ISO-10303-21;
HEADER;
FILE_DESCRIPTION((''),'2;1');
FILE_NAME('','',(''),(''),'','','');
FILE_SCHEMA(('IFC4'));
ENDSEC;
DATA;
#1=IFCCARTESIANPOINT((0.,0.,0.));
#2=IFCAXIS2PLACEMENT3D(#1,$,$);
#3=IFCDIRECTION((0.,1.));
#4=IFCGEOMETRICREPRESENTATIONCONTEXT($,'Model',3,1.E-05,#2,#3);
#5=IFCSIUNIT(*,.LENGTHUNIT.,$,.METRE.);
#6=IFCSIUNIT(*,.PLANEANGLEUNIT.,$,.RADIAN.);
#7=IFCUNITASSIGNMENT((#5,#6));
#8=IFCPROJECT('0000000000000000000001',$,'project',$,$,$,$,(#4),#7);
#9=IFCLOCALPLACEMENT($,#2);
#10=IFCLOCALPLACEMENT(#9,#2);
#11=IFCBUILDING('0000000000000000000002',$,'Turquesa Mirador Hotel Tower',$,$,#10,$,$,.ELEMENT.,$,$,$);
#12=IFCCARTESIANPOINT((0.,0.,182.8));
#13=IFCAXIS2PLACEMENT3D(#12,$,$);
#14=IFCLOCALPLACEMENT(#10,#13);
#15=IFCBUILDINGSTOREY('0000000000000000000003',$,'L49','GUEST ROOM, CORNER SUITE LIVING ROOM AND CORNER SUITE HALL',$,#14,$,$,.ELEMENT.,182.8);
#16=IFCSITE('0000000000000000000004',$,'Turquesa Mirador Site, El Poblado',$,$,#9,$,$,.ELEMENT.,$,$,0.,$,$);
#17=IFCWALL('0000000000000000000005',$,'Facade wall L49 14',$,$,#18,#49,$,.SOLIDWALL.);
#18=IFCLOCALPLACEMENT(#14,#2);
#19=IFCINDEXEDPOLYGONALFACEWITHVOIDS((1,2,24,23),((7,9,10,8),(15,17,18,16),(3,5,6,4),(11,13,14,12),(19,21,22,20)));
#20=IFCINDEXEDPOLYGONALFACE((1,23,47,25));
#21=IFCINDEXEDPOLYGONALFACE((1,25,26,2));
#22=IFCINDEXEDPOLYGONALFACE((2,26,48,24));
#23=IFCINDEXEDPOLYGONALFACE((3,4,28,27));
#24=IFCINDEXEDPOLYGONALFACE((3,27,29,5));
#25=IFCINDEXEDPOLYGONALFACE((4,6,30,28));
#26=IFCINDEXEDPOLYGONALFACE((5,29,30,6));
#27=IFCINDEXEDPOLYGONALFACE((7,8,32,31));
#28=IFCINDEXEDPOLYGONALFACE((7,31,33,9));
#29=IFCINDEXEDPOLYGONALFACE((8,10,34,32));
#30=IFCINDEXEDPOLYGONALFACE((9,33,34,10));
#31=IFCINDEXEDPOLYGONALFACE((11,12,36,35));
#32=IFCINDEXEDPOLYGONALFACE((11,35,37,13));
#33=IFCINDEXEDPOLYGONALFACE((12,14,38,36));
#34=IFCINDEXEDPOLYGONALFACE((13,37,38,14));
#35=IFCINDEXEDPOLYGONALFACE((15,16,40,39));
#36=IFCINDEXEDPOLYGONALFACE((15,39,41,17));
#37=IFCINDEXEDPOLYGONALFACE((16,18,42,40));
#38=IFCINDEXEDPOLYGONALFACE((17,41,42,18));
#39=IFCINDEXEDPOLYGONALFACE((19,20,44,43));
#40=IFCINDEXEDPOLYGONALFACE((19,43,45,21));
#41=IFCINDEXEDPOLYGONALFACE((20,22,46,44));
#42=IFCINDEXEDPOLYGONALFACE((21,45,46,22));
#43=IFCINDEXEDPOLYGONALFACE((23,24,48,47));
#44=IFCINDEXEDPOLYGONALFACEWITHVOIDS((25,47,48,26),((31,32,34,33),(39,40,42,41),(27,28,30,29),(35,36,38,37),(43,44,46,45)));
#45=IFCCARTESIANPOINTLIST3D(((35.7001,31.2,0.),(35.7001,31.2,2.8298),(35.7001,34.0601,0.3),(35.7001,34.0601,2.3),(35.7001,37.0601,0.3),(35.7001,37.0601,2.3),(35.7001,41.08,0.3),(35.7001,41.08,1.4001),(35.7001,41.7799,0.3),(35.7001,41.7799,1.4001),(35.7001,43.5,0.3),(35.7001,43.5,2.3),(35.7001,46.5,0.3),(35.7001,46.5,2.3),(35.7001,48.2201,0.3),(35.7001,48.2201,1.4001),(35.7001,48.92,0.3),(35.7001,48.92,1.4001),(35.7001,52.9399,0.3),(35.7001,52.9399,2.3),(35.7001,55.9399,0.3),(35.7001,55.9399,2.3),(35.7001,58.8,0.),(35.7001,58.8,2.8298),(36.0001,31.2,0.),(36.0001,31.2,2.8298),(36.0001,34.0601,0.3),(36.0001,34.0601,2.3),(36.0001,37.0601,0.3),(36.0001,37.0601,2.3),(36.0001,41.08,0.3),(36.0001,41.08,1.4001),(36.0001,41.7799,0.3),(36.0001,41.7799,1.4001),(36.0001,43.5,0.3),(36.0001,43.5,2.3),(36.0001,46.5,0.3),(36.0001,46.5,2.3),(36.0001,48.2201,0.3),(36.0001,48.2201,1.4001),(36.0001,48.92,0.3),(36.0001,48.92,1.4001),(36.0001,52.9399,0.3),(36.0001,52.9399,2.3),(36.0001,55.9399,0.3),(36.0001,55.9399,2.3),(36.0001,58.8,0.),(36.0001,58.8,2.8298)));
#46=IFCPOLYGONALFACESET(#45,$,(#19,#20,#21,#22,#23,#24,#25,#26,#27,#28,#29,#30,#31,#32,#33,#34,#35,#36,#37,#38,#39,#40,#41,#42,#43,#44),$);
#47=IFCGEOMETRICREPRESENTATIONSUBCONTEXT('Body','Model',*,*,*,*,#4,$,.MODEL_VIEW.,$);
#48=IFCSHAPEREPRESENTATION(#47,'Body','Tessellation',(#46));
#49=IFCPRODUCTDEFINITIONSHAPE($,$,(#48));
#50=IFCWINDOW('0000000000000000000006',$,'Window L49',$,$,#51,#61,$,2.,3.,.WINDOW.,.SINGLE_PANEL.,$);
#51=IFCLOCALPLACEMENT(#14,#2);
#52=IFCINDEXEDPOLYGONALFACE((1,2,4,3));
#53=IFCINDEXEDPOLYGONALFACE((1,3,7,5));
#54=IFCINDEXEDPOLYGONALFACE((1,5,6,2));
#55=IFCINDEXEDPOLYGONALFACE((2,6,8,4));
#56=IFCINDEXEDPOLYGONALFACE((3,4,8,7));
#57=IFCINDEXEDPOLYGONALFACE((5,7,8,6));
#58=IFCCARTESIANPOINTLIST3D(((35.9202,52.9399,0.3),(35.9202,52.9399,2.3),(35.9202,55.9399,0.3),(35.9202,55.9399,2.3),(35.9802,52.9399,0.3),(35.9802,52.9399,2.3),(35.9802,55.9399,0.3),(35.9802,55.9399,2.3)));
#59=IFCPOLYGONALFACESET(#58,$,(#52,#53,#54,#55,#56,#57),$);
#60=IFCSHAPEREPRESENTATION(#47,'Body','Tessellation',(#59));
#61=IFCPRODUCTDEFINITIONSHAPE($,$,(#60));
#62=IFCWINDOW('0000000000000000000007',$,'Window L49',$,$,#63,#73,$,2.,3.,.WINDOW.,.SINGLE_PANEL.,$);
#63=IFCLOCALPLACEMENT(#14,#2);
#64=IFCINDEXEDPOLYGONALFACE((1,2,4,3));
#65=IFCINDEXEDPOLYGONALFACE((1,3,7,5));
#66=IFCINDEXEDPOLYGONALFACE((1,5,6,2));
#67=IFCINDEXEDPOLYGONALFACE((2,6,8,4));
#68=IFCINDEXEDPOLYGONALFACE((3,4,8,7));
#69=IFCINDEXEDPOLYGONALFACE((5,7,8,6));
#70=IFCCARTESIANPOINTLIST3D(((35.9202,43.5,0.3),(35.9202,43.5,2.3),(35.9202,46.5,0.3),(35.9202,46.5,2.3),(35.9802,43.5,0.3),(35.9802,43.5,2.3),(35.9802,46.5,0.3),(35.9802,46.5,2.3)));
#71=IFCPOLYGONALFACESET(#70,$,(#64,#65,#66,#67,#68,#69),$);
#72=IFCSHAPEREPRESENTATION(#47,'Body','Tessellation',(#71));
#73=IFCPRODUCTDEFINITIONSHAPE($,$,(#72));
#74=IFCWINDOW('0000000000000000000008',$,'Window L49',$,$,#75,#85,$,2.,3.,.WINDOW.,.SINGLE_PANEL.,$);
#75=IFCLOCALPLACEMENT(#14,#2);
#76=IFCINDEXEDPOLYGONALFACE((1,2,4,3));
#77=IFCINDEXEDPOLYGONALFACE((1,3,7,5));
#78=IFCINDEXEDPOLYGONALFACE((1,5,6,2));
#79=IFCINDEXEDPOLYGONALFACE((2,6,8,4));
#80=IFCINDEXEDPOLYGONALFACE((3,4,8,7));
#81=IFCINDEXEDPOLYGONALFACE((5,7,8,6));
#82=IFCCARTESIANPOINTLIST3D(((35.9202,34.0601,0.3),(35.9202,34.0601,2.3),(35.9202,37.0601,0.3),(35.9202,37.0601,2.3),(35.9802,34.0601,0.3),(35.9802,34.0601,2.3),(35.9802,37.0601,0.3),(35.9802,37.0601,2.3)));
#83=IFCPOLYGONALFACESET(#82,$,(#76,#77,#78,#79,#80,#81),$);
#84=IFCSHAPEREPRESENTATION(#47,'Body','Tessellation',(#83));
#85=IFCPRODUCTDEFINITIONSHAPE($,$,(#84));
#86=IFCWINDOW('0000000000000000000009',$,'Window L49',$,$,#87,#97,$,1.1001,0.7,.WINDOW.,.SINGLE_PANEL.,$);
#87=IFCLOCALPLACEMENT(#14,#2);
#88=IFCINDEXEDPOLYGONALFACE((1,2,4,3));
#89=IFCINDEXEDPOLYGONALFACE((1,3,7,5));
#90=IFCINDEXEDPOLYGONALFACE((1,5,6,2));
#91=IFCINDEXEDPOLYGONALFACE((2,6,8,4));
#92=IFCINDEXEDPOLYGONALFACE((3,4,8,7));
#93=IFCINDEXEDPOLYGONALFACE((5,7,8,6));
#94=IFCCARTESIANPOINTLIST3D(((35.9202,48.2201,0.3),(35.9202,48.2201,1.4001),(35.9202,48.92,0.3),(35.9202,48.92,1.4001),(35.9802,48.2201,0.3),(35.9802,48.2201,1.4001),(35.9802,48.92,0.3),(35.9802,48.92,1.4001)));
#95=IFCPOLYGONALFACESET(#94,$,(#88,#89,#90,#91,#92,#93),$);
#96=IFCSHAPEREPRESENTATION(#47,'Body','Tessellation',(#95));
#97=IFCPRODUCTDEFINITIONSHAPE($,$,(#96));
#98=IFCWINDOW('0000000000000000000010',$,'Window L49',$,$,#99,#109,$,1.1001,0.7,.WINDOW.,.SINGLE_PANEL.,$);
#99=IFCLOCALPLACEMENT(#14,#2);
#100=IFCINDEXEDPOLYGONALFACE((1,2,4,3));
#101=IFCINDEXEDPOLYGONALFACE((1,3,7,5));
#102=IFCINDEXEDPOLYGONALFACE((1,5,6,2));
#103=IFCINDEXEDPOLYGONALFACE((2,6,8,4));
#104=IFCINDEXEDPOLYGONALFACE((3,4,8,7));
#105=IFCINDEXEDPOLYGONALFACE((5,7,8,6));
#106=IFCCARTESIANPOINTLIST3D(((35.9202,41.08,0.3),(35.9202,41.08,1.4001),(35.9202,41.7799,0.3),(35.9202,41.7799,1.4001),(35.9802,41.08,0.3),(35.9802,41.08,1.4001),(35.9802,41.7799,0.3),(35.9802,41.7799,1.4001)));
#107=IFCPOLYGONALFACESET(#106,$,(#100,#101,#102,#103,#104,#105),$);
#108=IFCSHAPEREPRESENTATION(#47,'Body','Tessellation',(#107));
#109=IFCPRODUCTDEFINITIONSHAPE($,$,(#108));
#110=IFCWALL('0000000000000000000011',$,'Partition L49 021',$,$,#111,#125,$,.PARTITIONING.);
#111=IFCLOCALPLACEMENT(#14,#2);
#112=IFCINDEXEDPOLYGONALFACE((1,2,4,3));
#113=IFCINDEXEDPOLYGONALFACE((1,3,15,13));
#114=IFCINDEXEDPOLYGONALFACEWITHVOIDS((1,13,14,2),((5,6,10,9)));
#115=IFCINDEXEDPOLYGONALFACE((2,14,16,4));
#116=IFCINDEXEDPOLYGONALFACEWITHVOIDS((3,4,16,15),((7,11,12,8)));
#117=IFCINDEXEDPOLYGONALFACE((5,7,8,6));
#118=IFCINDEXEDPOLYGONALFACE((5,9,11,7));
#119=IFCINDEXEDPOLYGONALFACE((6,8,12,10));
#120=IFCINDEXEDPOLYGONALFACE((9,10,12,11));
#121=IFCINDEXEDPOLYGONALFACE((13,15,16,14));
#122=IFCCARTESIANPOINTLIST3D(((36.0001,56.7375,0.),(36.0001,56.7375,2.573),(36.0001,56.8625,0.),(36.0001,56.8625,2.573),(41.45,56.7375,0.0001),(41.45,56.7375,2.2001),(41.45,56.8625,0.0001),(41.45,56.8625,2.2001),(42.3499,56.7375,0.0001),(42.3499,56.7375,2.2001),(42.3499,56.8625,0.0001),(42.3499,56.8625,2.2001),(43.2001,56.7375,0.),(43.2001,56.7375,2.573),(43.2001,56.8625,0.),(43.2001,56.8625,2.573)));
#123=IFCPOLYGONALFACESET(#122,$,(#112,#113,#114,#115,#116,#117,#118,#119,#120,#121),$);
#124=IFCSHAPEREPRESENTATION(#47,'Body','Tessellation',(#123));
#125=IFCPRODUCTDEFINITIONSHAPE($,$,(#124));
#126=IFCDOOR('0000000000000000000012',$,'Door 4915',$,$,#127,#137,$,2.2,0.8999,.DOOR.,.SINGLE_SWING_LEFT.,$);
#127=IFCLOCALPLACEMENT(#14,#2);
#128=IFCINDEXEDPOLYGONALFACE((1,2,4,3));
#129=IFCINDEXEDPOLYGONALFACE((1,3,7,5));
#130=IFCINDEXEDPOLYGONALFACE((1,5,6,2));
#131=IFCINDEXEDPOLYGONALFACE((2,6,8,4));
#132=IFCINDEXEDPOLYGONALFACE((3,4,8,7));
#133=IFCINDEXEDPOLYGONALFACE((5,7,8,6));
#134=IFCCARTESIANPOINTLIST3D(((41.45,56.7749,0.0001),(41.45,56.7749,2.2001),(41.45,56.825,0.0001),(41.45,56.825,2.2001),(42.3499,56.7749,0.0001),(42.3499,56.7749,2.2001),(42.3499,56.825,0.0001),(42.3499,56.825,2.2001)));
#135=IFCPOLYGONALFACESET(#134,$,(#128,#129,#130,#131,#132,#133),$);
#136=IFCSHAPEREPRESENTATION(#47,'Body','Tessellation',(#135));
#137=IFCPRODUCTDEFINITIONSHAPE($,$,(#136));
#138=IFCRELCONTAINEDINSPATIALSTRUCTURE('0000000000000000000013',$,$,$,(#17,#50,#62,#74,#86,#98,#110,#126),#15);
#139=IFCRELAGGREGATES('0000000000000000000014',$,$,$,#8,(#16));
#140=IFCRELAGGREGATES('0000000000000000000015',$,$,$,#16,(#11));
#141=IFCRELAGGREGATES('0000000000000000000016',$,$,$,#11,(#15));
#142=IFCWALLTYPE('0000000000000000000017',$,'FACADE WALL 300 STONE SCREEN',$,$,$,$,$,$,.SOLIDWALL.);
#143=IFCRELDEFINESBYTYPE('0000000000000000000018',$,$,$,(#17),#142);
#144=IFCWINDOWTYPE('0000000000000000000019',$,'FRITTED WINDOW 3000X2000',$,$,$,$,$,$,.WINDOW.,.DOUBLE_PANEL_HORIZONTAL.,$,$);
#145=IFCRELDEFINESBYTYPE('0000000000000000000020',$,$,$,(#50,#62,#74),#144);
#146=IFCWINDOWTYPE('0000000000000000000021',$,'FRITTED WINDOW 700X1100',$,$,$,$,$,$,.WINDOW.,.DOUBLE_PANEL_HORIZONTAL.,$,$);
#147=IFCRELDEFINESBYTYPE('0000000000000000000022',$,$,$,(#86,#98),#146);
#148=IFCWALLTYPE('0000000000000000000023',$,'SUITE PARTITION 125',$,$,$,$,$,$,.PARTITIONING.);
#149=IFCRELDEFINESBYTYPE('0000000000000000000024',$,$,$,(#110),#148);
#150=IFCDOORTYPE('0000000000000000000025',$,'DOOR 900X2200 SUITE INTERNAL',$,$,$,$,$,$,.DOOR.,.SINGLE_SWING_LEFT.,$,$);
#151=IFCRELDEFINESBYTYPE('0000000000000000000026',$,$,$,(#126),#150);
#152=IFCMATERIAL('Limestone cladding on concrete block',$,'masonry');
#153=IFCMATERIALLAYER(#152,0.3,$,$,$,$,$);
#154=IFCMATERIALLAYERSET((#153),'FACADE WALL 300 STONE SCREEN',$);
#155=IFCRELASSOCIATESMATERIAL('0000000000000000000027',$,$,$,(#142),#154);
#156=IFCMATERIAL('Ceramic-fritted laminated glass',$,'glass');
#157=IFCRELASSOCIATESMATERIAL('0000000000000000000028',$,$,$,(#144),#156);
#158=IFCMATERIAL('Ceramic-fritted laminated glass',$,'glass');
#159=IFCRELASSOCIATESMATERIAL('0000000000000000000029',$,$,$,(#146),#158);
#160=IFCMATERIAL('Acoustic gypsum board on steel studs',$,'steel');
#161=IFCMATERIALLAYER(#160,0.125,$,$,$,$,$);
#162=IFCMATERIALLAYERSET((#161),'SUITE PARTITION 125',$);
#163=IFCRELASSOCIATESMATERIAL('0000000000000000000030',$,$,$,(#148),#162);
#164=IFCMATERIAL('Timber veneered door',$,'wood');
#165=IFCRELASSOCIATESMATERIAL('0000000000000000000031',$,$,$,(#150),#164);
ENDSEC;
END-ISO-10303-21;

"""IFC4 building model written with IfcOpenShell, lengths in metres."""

from ifc_helpers import new_model, si_unit, direction, frame, frame_2d, origin, place, context, subcontext, project, spatial, rectangle, extrude, material, layer, layer_set, type_object, element, fill, save


model = new_model("IFC4")

# Units and contexts
model_context = context("Model", 3, precision=1e-05, world=origin(), true_north=direction((0.0, 1.0)))
body_context = subcontext(model_context, "Body", "Model", "MODEL_VIEW")
ifc_project = project(units=[si_unit("LENGTHUNIT", "METRE"), si_unit("PLANEANGLEUNIT", "RADIAN")], contexts=[model_context])

# Site, building, storey
site_placement = place(None, origin())
site = spatial("IfcSite", under=ifc_project, at=site_placement, Name="Turquesa Mirador Site, El Poblado", CompositionType="ELEMENT", RefElevation=0.0)
building_placement = place(site_placement, origin())
building = spatial("IfcBuilding", under=site, at=building_placement, Name="Turquesa Mirador Hotel Tower", CompositionType="ELEMENT")
storey_placement = place(building_placement, frame((0.0, 0.0, 182.8)))
storey = spatial("IfcBuildingStorey", under=building, at=storey_placement, Name="L49", Description="GUEST ROOM, CORNER SUITE LIVING ROOM AND CORNER SUITE HALL", CompositionType="ELEMENT", Elevation=182.8)

# Shared definitions
ifc_material_1 = material(Name="Limestone cladding on concrete block", Category="masonry")
ifc_layer_1 = layer(ifc_material_1, 0.3)
ifc_layer_set_1 = layer_set([ifc_layer_1], Name="FACADE WALL 300 STONE SCREEN")
wall_type_1 = type_object("IfcWallType", Name="FACADE WALL 300 STONE SCREEN", PredefinedType="SOLIDWALL", material=ifc_layer_set_1)

# Wall, openings, windows
wall_1_placement = place(storey_placement, frame((35.8501, 58.8, 0.0), z_axis=(0.0, 0.0, 1.0), x_axis=(0.0, -1.0, 0.0)))
wall_1 = element("IfcWall", 1, at=wall_1_placement, inside=storey, type_object=wall_type_1, Name="Facade wall L49 14", PredefinedType="SOLIDWALL", context=body_context, shape_type="SweptSolid", body=[
    extrude(rectangle(XDim=27.6001, YDim=0.3, at=frame_2d((13.8, 0.0))), origin(), (0.0, 0.0, 1.0), 2.8298),
])
opening_1_placement = place(wall_1_placement, frame((2.8601, 0.0, 0.3)))
opening_1 = element("IfcOpeningElement", 2, at=opening_1_placement, cuts=wall_1, PredefinedType="OPENING", context=body_context, shape_type="SweptSolid", body=[
    extrude(rectangle(XDim=3.0, YDim=2.0, at=frame_2d((1.5, 1.0))), frame((0.0, 0.1599, 0.0), z_axis=(0.0, -1.0, 0.0), x_axis=(1.0, 0.0, 0.0)), (0.0, 0.0, 1.0), 0.3201),
])
opening_2_placement = place(wall_1_placement, frame((9.8799, 0.0, 0.3)))
opening_2 = element("IfcOpeningElement", 3, at=opening_2_placement, cuts=wall_1, PredefinedType="OPENING", context=body_context, shape_type="SweptSolid", body=[
    extrude(rectangle(XDim=0.7, YDim=1.1001, at=frame_2d((0.3501, 0.55))), frame((0.0, 0.1599, 0.0), z_axis=(0.0, -1.0, 0.0), x_axis=(1.0, 0.0, 0.0)), (0.0, 0.0, 1.0), 0.3201),
])
opening_3_placement = place(wall_1_placement, frame((12.3, 0.0, 0.3)))
opening_3 = element("IfcOpeningElement", 4, at=opening_3_placement, cuts=wall_1, PredefinedType="OPENING", context=body_context, shape_type="SweptSolid", body=[
    extrude(rectangle(XDim=3.0, YDim=2.0, at=frame_2d((1.5, 1.0))), frame((0.0, 0.1599, 0.0), z_axis=(0.0, -1.0, 0.0), x_axis=(1.0, 0.0, 0.0)), (0.0, 0.0, 1.0), 0.3201),
])
opening_4_placement = place(wall_1_placement, frame((17.02, 0.0, 0.3)))
opening_4 = element("IfcOpeningElement", 5, at=opening_4_placement, cuts=wall_1, PredefinedType="OPENING", context=body_context, shape_type="SweptSolid", body=[
    extrude(rectangle(XDim=0.7, YDim=1.1001, at=frame_2d((0.3501, 0.55))), frame((0.0, 0.1599, 0.0), z_axis=(0.0, -1.0, 0.0), x_axis=(1.0, 0.0, 0.0)), (0.0, 0.0, 1.0), 0.3201),
])
opening_5_placement = place(wall_1_placement, frame((21.74, 0.0, 0.3)))
opening_5 = element("IfcOpeningElement", 6, at=opening_5_placement, cuts=wall_1, PredefinedType="OPENING", context=body_context, shape_type="SweptSolid", body=[
    extrude(rectangle(XDim=3.0, YDim=2.0, at=frame_2d((1.5, 1.0))), frame((0.0, 0.1599, 0.0), z_axis=(0.0, -1.0, 0.0), x_axis=(1.0, 0.0, 0.0)), (0.0, 0.0, 1.0), 0.3201),
])
ifc_material_2 = material(Name="Ceramic-fritted laminated glass", Category="glass")
window_type_1 = type_object("IfcWindowType", Name="FRITTED WINDOW 3000X2000", PartitioningType="DOUBLE_PANEL_HORIZONTAL", PredefinedType="WINDOW", material=ifc_material_2)
window_1_placement = place(opening_1_placement, origin())
window_1 = element("IfcWindow", 7, at=window_1_placement, inside=storey, type_object=window_type_1, Name="Window L49", OverallHeight=2.0, OverallWidth=3.0, PartitioningType="SINGLE_PANEL", PredefinedType="WINDOW", context=body_context, shape_type="SweptSolid", body=[
    extrude(rectangle(XDim=3.0, YDim=2.0, at=frame_2d((1.5, 1.0))), frame((0.0, 0.1301, 0.0), z_axis=(0.0, -1.0, 0.0), x_axis=(1.0, 0.0, 0.0)), (0.0, 0.0, 1.0), 0.0601),
])
fill(opening_1, window_1)
window_2_placement = place(opening_3_placement, origin())
window_2 = element("IfcWindow", 8, at=window_2_placement, inside=storey, type_object=window_type_1, Name="Window L49", OverallHeight=2.0, OverallWidth=3.0, PartitioningType="SINGLE_PANEL", PredefinedType="WINDOW", context=body_context, shape_type="SweptSolid", body=[
    extrude(rectangle(XDim=3.0, YDim=2.0, at=frame_2d((1.5, 1.0))), frame((0.0, 0.1301, 0.0), z_axis=(0.0, -1.0, 0.0), x_axis=(1.0, 0.0, 0.0)), (0.0, 0.0, 1.0), 0.0601),
])
fill(opening_3, window_2)
window_3_placement = place(opening_5_placement, origin())
window_3 = element("IfcWindow", 9, at=window_3_placement, inside=storey, type_object=window_type_1, Name="Window L49", OverallHeight=2.0, OverallWidth=3.0, PartitioningType="SINGLE_PANEL", PredefinedType="WINDOW", context=body_context, shape_type="SweptSolid", body=[
    extrude(rectangle(XDim=3.0, YDim=2.0, at=frame_2d((1.5, 1.0))), frame((0.0, 0.1301, 0.0), z_axis=(0.0, -1.0, 0.0), x_axis=(1.0, 0.0, 0.0)), (0.0, 0.0, 1.0), 0.0601),
])
fill(opening_5, window_3)
ifc_material_3 = material(Name="Ceramic-fritted laminated glass", Category="glass")
window_type_2 = type_object("IfcWindowType", Name="FRITTED WINDOW 700X1100", PartitioningType="DOUBLE_PANEL_HORIZONTAL", PredefinedType="WINDOW", material=ifc_material_3)
window_4_placement = place(opening_2_placement, origin())
window_4 = element("IfcWindow", 10, at=window_4_placement, inside=storey, type_object=window_type_2, Name="Window L49", OverallHeight=1.1001, OverallWidth=0.7, PartitioningType="SINGLE_PANEL", PredefinedType="WINDOW", context=body_context, shape_type="SweptSolid", body=[
    extrude(rectangle(XDim=0.7, YDim=1.1001, at=frame_2d((0.3501, 0.55))), frame((0.0, 0.1301, 0.0), z_axis=(0.0, -1.0, 0.0), x_axis=(1.0, 0.0, 0.0)), (0.0, 0.0, 1.0), 0.0601),
])
fill(opening_2, window_4)
window_5_placement = place(opening_4_placement, origin())
window_5 = element("IfcWindow", 11, at=window_5_placement, inside=storey, type_object=window_type_2, Name="Window L49", OverallHeight=1.1001, OverallWidth=0.7, PartitioningType="SINGLE_PANEL", PredefinedType="WINDOW", context=body_context, shape_type="SweptSolid", body=[
    extrude(rectangle(XDim=0.7, YDim=1.1001, at=frame_2d((0.3501, 0.55))), frame((0.0, 0.1301, 0.0), z_axis=(0.0, -1.0, 0.0), x_axis=(1.0, 0.0, 0.0)), (0.0, 0.0, 1.0), 0.0601),
])
fill(opening_4, window_5)

# Wall, opening, door
ifc_material_4 = material(Name="Acoustic gypsum board on steel studs", Category="steel")
ifc_layer_2 = layer(ifc_material_4, 0.125)
ifc_layer_set_2 = layer_set([ifc_layer_2], Name="SUITE PARTITION 125")
wall_type_2 = type_object("IfcWallType", Name="SUITE PARTITION 125", PredefinedType="PARTITIONING", material=ifc_layer_set_2)
wall_2_placement = place(storey_placement, frame((36.0, 56.8, 0.0), z_axis=(0.0, 0.0, 1.0), x_axis=(1.0, 0.0, 0.0)))
wall_2 = element("IfcWall", 12, at=wall_2_placement, inside=storey, type_object=wall_type_2, Name="Partition L49 021", PredefinedType="PARTITIONING", context=body_context, shape_type="SweptSolid", body=[
    extrude(rectangle(XDim=7.2, YDim=0.125, at=frame_2d((3.6001, 0.0))), origin(), (0.0, 0.0, 1.0), 2.573),
])
opening_6_placement = place(wall_2_placement, frame((5.45, 0.0, 0.0)))
opening_6 = element("IfcOpeningElement", 13, at=opening_6_placement, cuts=wall_2, PredefinedType="OPENING", context=body_context, shape_type="SweptSolid", body=[
    extrude(rectangle(XDim=0.8999, YDim=2.2, at=frame_2d((0.45, 1.1001))), frame((0.0, 0.0725, 0.0), z_axis=(0.0, -1.0, 0.0), x_axis=(1.0, 0.0, 0.0)), (0.0, 0.0, 1.0), 0.145),
])
ifc_material_5 = material(Name="Timber veneered door", Category="wood")
door_type = type_object("IfcDoorType", Name="DOOR 900X2200 SUITE INTERNAL", OperationType="SINGLE_SWING_LEFT", PredefinedType="DOOR", material=ifc_material_5)
door_placement = place(opening_6_placement, origin())
door = element("IfcDoor", 14, at=door_placement, inside=storey, type_object=door_type, Name="Door 4915", OperationType="SINGLE_SWING_LEFT", OverallHeight=2.2, OverallWidth=0.8999, PredefinedType="DOOR", context=body_context, shape_type="SweptSolid", body=[
    extrude(rectangle(XDim=0.8999, YDim=2.2, at=frame_2d((0.45, 1.1001))), frame((0.0, 0.0249, 0.0), z_axis=(0.0, -1.0, 0.0), x_axis=(1.0, 0.0, 0.0)), (0.0, 0.0, 1.0), 0.05),
])
fill(opening_6, door)

save(model, "model.ifc")
